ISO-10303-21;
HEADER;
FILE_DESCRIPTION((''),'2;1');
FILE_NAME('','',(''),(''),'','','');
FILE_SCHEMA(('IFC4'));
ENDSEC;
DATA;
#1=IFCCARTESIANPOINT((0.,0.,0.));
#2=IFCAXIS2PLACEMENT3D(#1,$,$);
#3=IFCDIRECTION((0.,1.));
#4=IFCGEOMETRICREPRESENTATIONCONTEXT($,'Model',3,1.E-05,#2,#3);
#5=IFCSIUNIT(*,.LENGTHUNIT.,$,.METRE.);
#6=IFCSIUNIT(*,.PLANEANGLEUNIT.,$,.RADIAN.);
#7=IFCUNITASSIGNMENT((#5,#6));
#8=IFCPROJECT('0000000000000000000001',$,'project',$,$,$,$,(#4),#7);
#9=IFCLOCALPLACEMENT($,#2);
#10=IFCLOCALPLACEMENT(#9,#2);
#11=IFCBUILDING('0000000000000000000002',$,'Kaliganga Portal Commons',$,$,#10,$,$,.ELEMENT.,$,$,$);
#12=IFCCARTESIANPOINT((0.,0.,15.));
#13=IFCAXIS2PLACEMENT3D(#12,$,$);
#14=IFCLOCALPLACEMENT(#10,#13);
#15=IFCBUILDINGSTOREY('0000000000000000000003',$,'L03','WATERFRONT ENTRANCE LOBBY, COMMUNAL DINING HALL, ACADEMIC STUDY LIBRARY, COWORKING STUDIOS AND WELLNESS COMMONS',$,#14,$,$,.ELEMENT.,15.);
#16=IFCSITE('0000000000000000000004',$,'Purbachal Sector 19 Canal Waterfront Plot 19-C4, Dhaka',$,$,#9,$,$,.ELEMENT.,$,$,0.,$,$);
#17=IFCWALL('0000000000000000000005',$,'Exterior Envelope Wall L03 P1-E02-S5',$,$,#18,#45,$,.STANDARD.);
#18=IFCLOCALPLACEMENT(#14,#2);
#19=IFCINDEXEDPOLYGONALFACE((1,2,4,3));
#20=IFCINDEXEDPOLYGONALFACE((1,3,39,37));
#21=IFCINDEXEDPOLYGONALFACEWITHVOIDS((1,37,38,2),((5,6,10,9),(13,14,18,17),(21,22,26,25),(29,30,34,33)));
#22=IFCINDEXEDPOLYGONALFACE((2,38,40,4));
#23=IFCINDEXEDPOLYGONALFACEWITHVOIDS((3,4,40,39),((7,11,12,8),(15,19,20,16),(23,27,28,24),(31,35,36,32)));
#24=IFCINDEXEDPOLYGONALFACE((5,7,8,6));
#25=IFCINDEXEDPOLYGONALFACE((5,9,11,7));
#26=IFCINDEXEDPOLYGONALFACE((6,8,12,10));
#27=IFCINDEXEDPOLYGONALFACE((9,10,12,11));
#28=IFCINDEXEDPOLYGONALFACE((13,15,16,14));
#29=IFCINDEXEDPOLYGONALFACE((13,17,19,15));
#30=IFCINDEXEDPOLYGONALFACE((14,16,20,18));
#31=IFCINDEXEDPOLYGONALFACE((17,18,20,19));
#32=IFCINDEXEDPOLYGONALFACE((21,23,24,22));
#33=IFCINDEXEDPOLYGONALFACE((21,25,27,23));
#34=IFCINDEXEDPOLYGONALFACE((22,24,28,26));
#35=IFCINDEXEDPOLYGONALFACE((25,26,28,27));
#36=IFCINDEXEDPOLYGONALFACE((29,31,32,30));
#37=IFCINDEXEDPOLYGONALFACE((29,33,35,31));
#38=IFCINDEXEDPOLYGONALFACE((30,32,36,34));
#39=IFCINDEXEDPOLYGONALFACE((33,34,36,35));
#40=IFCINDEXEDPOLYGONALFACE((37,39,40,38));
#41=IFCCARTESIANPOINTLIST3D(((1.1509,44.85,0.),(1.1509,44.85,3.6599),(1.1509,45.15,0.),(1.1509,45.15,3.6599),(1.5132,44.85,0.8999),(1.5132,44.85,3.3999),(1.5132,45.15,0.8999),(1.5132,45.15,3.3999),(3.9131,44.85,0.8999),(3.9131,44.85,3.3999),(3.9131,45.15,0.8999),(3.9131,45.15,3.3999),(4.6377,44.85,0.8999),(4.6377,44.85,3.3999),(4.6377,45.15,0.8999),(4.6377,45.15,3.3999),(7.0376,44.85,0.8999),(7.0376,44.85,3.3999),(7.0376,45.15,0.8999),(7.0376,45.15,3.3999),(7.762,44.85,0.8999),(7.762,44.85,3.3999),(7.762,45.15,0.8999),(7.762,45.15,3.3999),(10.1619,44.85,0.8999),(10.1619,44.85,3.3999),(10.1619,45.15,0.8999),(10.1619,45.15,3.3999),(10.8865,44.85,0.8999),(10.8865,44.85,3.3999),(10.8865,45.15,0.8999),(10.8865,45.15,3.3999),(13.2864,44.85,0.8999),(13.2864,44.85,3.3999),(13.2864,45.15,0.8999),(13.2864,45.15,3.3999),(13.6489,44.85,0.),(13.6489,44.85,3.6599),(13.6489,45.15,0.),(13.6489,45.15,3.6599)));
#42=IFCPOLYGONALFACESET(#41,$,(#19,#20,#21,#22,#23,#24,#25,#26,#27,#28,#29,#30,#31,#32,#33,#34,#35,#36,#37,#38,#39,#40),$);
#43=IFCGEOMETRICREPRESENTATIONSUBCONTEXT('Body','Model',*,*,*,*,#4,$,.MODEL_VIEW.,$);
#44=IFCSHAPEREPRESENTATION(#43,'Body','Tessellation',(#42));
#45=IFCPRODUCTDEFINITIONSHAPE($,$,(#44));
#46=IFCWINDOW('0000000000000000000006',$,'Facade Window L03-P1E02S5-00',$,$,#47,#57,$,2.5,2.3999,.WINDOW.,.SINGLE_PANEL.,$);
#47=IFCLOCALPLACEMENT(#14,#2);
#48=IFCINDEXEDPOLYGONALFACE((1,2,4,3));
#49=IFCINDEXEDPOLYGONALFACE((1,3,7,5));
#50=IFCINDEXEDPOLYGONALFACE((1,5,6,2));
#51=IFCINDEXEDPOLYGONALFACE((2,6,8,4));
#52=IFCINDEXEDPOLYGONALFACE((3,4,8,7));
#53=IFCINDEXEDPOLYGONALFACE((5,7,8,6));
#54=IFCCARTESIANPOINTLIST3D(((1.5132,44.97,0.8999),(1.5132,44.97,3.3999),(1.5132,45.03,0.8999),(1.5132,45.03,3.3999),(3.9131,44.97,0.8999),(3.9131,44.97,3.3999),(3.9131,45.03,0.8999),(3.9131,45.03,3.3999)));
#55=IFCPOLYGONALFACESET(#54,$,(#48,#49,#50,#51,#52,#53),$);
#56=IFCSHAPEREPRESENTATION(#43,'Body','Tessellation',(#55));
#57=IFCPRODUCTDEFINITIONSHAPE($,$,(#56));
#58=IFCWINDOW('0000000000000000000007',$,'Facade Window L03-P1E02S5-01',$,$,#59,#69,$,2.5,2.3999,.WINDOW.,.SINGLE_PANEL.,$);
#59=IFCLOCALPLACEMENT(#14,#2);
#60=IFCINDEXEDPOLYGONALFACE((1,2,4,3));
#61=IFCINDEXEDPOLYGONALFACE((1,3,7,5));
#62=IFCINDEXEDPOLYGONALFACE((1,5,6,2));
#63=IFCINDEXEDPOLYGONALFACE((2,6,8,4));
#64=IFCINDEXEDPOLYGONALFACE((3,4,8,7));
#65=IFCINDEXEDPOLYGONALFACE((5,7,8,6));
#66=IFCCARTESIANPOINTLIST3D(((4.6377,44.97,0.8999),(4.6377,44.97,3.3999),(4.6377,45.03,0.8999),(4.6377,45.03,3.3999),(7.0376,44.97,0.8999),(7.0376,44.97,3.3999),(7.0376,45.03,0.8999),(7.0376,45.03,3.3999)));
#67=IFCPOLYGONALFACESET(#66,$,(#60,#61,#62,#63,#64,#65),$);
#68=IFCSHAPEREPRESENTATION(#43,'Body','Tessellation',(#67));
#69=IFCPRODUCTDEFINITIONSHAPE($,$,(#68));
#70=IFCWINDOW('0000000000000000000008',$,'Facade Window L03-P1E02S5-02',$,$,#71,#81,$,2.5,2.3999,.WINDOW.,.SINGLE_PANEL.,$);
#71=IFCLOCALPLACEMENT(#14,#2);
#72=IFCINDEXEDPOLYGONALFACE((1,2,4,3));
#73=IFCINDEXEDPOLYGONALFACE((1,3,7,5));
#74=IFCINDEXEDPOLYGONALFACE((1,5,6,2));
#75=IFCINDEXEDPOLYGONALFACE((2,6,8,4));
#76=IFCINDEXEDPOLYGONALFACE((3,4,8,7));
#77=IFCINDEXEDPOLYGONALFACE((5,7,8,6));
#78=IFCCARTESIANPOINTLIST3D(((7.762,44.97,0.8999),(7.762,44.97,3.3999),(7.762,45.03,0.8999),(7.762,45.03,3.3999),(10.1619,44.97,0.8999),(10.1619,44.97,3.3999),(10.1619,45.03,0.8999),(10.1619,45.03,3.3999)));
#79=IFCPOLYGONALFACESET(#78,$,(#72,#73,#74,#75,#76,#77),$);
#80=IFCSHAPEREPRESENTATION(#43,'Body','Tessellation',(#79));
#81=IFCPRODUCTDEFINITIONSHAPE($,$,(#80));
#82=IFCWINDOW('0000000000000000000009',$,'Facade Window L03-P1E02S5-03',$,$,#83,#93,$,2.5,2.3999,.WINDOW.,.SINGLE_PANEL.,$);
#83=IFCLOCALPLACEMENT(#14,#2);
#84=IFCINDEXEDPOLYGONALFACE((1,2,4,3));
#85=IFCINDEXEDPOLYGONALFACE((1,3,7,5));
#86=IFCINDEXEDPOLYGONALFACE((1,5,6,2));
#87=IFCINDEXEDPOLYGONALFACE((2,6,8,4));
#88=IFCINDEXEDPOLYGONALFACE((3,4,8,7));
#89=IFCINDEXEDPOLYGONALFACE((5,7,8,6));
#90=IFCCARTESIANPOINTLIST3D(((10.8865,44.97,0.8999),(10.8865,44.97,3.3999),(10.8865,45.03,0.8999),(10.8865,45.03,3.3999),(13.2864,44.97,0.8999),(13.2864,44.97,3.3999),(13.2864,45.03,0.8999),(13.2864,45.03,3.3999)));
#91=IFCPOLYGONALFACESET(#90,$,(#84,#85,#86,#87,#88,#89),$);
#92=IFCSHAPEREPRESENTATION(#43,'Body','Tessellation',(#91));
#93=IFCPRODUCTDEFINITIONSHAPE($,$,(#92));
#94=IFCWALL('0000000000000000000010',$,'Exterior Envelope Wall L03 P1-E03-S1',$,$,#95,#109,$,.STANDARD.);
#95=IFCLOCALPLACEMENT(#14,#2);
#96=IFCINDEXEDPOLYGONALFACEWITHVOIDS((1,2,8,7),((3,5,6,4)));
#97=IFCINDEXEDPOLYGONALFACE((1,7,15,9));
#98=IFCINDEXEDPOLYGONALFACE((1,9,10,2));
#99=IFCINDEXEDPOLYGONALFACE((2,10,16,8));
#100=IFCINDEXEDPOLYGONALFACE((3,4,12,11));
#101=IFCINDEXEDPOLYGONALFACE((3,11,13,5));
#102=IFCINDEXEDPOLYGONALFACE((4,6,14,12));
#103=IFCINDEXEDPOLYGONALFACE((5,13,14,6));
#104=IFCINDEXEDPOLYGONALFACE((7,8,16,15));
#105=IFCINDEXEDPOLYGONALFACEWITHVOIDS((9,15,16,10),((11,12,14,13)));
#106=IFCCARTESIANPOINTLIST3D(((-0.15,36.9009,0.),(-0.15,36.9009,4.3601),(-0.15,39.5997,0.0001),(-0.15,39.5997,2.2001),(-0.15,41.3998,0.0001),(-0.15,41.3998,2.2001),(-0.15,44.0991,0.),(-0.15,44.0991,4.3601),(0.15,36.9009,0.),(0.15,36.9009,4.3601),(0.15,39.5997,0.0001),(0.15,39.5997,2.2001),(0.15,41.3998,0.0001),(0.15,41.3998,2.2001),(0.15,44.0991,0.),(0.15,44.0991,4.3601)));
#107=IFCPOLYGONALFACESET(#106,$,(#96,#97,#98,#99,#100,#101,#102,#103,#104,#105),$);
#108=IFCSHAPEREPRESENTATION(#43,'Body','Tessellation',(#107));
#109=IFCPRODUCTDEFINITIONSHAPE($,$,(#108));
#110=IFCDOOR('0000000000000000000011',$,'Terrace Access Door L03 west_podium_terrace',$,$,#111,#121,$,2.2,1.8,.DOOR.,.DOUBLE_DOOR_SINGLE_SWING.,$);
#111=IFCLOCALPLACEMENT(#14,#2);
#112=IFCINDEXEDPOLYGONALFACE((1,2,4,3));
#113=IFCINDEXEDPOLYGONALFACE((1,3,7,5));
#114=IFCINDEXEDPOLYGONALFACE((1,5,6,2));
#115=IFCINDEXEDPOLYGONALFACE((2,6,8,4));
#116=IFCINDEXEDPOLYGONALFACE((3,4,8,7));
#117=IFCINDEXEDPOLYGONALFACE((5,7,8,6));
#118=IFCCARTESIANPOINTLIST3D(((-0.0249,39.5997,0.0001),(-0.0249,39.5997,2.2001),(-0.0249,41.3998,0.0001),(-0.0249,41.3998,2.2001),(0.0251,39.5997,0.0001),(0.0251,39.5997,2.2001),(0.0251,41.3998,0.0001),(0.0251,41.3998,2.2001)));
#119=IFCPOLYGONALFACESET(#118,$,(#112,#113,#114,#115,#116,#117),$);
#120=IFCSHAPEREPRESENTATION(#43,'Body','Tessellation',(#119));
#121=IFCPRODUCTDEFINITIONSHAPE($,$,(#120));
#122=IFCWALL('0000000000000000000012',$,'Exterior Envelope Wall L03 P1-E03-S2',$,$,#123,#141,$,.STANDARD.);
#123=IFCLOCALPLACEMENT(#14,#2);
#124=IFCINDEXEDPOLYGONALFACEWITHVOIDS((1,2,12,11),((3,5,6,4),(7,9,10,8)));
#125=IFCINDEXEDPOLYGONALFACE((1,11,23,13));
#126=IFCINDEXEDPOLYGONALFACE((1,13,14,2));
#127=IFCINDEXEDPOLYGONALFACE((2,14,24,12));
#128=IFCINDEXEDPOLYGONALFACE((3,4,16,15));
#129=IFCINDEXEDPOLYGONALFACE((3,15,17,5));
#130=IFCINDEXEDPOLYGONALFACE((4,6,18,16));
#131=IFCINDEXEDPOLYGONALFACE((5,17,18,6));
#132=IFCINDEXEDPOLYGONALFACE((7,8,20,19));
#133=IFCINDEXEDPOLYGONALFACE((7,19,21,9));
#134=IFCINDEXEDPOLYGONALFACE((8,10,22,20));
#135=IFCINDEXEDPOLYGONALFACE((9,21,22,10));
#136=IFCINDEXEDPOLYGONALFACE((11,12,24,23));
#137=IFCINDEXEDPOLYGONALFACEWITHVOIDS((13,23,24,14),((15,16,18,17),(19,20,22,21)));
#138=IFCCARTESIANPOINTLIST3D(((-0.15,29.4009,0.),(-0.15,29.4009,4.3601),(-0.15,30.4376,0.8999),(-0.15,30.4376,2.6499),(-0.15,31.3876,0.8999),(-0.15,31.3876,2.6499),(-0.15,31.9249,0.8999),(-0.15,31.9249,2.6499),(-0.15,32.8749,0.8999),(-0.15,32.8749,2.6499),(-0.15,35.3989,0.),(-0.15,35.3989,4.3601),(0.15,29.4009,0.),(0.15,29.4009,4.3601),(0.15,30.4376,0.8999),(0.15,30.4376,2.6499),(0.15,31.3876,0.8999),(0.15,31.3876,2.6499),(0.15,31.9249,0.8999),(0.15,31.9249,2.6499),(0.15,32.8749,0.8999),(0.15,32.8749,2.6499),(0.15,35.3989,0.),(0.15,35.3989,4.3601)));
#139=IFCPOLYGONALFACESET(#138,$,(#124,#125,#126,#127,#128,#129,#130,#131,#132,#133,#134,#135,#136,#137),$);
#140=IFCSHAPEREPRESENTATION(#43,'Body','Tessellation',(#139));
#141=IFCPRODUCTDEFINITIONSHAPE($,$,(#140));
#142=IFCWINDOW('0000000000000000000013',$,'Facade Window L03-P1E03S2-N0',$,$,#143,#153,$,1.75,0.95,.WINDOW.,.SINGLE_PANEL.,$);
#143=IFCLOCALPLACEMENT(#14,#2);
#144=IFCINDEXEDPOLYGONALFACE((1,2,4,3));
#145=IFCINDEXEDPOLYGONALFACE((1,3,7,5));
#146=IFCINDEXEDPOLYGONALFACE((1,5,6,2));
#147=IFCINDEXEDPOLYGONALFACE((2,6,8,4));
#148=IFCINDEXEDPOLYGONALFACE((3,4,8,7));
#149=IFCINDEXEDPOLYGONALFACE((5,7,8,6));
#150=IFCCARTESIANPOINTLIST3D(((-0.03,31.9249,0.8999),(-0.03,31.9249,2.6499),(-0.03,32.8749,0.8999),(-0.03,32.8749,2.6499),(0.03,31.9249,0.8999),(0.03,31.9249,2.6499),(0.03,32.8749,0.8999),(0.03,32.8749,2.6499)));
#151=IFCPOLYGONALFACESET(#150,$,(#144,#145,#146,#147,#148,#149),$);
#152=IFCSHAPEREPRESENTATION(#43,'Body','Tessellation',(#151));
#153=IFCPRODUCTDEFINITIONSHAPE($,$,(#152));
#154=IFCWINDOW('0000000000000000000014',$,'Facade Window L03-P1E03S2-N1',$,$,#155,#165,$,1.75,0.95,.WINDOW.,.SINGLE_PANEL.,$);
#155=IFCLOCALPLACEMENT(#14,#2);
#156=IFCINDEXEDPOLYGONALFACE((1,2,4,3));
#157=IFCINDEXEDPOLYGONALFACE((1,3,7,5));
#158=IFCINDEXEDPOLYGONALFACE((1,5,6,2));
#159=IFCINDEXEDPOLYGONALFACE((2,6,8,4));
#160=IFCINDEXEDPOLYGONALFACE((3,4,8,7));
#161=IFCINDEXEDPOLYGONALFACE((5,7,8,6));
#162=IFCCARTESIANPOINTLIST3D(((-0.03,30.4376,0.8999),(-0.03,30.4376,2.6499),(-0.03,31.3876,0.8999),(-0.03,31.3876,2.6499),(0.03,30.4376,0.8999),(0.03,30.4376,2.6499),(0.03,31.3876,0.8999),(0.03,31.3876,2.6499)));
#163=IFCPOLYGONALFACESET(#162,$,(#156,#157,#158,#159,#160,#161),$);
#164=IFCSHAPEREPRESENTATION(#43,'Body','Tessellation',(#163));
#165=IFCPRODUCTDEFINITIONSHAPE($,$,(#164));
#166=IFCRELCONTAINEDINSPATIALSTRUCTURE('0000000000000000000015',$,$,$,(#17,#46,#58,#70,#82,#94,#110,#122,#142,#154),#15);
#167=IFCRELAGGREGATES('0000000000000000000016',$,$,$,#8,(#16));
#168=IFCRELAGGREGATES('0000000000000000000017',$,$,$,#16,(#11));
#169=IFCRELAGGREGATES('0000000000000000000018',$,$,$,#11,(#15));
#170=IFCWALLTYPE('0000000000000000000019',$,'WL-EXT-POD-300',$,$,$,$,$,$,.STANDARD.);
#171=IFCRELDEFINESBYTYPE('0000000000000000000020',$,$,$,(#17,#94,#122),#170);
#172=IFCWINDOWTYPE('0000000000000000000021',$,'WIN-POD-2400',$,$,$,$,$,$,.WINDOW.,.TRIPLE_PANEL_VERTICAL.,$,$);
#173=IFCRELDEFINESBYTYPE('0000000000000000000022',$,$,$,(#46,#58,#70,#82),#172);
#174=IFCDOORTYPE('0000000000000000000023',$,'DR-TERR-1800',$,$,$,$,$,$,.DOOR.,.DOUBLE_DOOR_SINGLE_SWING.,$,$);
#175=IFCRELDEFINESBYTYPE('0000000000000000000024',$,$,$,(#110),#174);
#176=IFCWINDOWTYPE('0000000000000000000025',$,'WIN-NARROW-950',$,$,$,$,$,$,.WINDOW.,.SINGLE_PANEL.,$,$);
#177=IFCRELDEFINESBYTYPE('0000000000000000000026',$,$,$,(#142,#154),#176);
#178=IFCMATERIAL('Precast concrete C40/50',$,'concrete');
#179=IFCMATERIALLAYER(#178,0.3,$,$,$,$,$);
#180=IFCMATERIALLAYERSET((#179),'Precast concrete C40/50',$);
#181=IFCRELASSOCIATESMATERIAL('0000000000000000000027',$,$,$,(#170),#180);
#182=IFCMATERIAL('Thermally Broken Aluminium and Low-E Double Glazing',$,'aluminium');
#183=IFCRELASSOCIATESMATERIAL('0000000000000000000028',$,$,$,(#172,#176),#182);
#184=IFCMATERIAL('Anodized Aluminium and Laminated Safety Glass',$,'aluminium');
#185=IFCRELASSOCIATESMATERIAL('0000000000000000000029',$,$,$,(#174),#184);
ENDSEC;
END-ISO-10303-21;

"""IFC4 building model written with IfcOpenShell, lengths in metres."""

from ifc_helpers import new_model, si_unit, direction, frame, frame_2d, origin, place, context, subcontext, project, spatial, rectangle, extrude, material, layer, layer_set, type_object, element, fill, save


model = new_model("IFC4")

# Units and contexts
model_context = context("Model", 3, precision=1e-05, world=origin(), true_north=direction((0.0, 1.0)))
body_context = subcontext(model_context, "Body", "Model", "MODEL_VIEW")
ifc_project = project(units=[si_unit("LENGTHUNIT", "METRE"), si_unit("PLANEANGLEUNIT", "RADIAN")], contexts=[model_context])

# Site, building, storey
site_placement = place(None, origin())
site = spatial("IfcSite", under=ifc_project, at=site_placement, Name="Purbachal Sector 19 Canal Waterfront Plot 19-C4, Dhaka", CompositionType="ELEMENT", RefElevation=0.0)
building_placement = place(site_placement, origin())
building = spatial("IfcBuilding", under=site, at=building_placement, Name="Kaliganga Portal Commons", CompositionType="ELEMENT")
storey_placement = place(building_placement, frame((0.0, 0.0, 15.0)))
storey = spatial("IfcBuildingStorey", under=building, at=storey_placement, Name="L03", Description="WATERFRONT ENTRANCE LOBBY, COMMUNAL DINING HALL, ACADEMIC STUDY LIBRARY, COWORKING STUDIOS AND WELLNESS COMMONS", CompositionType="ELEMENT", Elevation=15.0)

# Wall, openings, windows
ifc_material_1 = material(Name="Precast concrete C40/50", Category="concrete")
ifc_layer_1 = layer(ifc_material_1, 0.3)
ifc_layer_set_1 = layer_set([ifc_layer_1], Name="Precast concrete C40/50")
wall_type_1 = type_object("IfcWallType", Name="WL-EXT-POD-300", PredefinedType="STANDARD", material=ifc_layer_set_1)
wall_1_placement = place(storey_placement, frame((1.1509, 45.0, 0.0), z_axis=(0.0, 0.0, 1.0), x_axis=(1.0, 0.0, 0.0)))
wall_1 = element("IfcWall", 1, at=wall_1_placement, inside=storey, type_object=wall_type_1, Name="Exterior Envelope Wall L03 P1-E02-S5", PredefinedType="STANDARD", context=body_context, shape_type="SweptSolid", body=[
    extrude(rectangle(XDim=12.498, YDim=0.3, at=frame_2d((6.249, 0.0))), origin(), (0.0, 0.0, 1.0), 3.6599),
])
opening_1_placement = place(wall_1_placement, frame((0.3623, 0.0, 0.8999)))
opening_1 = element("IfcOpeningElement", 2, at=opening_1_placement, cuts=wall_1, PredefinedType="OPENING", context=body_context, shape_type="SweptSolid", body=[
    extrude(rectangle(XDim=2.3999, YDim=2.5, at=frame_2d((1.2, 1.25))), frame((0.0, 0.1602, 0.0), z_axis=(0.0, -1.0, 0.0), x_axis=(1.0, 0.0, 0.0)), (0.0, 0.0, 1.0), 0.3201),
])
opening_2_placement = place(wall_1_placement, frame((3.4868, 0.0, 0.8999)))
opening_2 = element("IfcOpeningElement", 3, at=opening_2_placement, cuts=wall_1, PredefinedType="OPENING", context=body_context, shape_type="SweptSolid", body=[
    extrude(rectangle(XDim=2.3999, YDim=2.5, at=frame_2d((1.2, 1.25))), frame((0.0, 0.1602, 0.0), z_axis=(0.0, -1.0, 0.0), x_axis=(1.0, 0.0, 0.0)), (0.0, 0.0, 1.0), 0.3201),
])
opening_3_placement = place(wall_1_placement, frame((6.6111, 0.0, 0.8999)))
opening_3 = element("IfcOpeningElement", 4, at=opening_3_placement, cuts=wall_1, PredefinedType="OPENING", context=body_context, shape_type="SweptSolid", body=[
    extrude(rectangle(XDim=2.3999, YDim=2.5, at=frame_2d((1.2, 1.25))), frame((0.0, 0.1602, 0.0), z_axis=(0.0, -1.0, 0.0), x_axis=(1.0, 0.0, 0.0)), (0.0, 0.0, 1.0), 0.3201),
])
opening_4_placement = place(wall_1_placement, frame((9.7356, 0.0, 0.8999)))
opening_4 = element("IfcOpeningElement", 5, at=opening_4_placement, cuts=wall_1, PredefinedType="OPENING", context=body_context, shape_type="SweptSolid", body=[
    extrude(rectangle(XDim=2.3999, YDim=2.5, at=frame_2d((1.2, 1.25))), frame((0.0, 0.1602, 0.0), z_axis=(0.0, -1.0, 0.0), x_axis=(1.0, 0.0, 0.0)), (0.0, 0.0, 1.0), 0.3201),
])
ifc_material_2 = material(Name="Thermally Broken Aluminium and Low-E Double Glazing", Category="aluminium")
window_type_1 = type_object("IfcWindowType", Name="WIN-POD-2400", PartitioningType="TRIPLE_PANEL_VERTICAL", PredefinedType="WINDOW", material=ifc_material_2)
window_1_placement = place(opening_1_placement, origin())
window_1 = element("IfcWindow", 6, at=window_1_placement, inside=storey, type_object=window_type_1, Name="Facade Window L03-P1E02S5-00", OverallHeight=2.5, OverallWidth=2.3999, PartitioningType="SINGLE_PANEL", PredefinedType="WINDOW", context=body_context, shape_type="SweptSolid", body=[
    extrude(rectangle(XDim=2.3999, YDim=2.5, at=frame_2d((1.2, 1.25))), frame((0.0, 0.03, 0.0), z_axis=(0.0, -1.0, 0.0), x_axis=(1.0, 0.0, 0.0)), (0.0, 0.0, 1.0), 0.0601),
])
fill(opening_1, window_1)
window_2_placement = place(opening_2_placement, origin())
window_2 = element("IfcWindow", 7, at=window_2_placement, inside=storey, type_object=window_type_1, Name="Facade Window L03-P1E02S5-01", OverallHeight=2.5, OverallWidth=2.3999, PartitioningType="SINGLE_PANEL", PredefinedType="WINDOW", context=body_context, shape_type="SweptSolid", body=[
    extrude(rectangle(XDim=2.3999, YDim=2.5, at=frame_2d((1.2, 1.25))), frame((0.0, 0.03, 0.0), z_axis=(0.0, -1.0, 0.0), x_axis=(1.0, 0.0, 0.0)), (0.0, 0.0, 1.0), 0.0601),
])
fill(opening_2, window_2)
window_3_placement = place(opening_3_placement, origin())
window_3 = element("IfcWindow", 8, at=window_3_placement, inside=storey, type_object=window_type_1, Name="Facade Window L03-P1E02S5-02", OverallHeight=2.5, OverallWidth=2.3999, PartitioningType="SINGLE_PANEL", PredefinedType="WINDOW", context=body_context, shape_type="SweptSolid", body=[
    extrude(rectangle(XDim=2.3999, YDim=2.5, at=frame_2d((1.2, 1.25))), frame((0.0, 0.03, 0.0), z_axis=(0.0, -1.0, 0.0), x_axis=(1.0, 0.0, 0.0)), (0.0, 0.0, 1.0), 0.0601),
])
fill(opening_3, window_3)
window_4_placement = place(opening_4_placement, origin())
window_4 = element("IfcWindow", 9, at=window_4_placement, inside=storey, type_object=window_type_1, Name="Facade Window L03-P1E02S5-03", OverallHeight=2.5, OverallWidth=2.3999, PartitioningType="SINGLE_PANEL", PredefinedType="WINDOW", context=body_context, shape_type="SweptSolid", body=[
    extrude(rectangle(XDim=2.3999, YDim=2.5, at=frame_2d((1.2, 1.25))), frame((0.0, 0.03, 0.0), z_axis=(0.0, -1.0, 0.0), x_axis=(1.0, 0.0, 0.0)), (0.0, 0.0, 1.0), 0.0601),
])
fill(opening_4, window_4)

# Wall, opening, door
wall_2_placement = place(storey_placement, frame((0.0, 36.9009, 0.0), z_axis=(0.0, 0.0, 1.0), x_axis=(0.0, 1.0, 0.0)))
wall_2 = element("IfcWall", 10, at=wall_2_placement, inside=storey, type_object=wall_type_1, Name="Exterior Envelope Wall L03 P1-E03-S1", PredefinedType="STANDARD", context=body_context, shape_type="SweptSolid", body=[
    extrude(rectangle(XDim=7.1982, YDim=0.3, at=frame_2d((3.5991, 0.0))), origin(), (0.0, 0.0, 1.0), 4.3601),
])
opening_5_placement = place(wall_2_placement, frame((2.699, 0.0, 0.0)))
opening_5 = element("IfcOpeningElement", 11, at=opening_5_placement, cuts=wall_2, PredefinedType="OPENING", context=body_context, shape_type="SweptSolid", body=[
    extrude(rectangle(XDim=1.8, YDim=2.2, at=frame_2d((0.8999, 1.1001))), frame((0.0, 0.1602, 0.0), z_axis=(0.0, -1.0, 0.0), x_axis=(1.0, 0.0, 0.0)), (0.0, 0.0, 1.0), 0.3201),
])
ifc_material_3 = material(Name="Anodized Aluminium and Laminated Safety Glass", Category="aluminium")
door_type_1 = type_object("IfcDoorType", Name="DR-TERR-1800", OperationType="DOUBLE_DOOR_SINGLE_SWING", PredefinedType="DOOR", material=ifc_material_3)
door_1_placement = place(opening_5_placement, origin())
door_1 = element("IfcDoor", 12, at=door_1_placement, inside=storey, type_object=door_type_1, Name="Terrace Access Door L03 west_podium_terrace", OperationType="DOUBLE_DOOR_SINGLE_SWING", OverallHeight=2.2, OverallWidth=1.8, PredefinedType="DOOR", context=body_context, shape_type="SweptSolid", body=[
    extrude(rectangle(XDim=1.8, YDim=2.2, at=frame_2d((0.8999, 1.1001))), frame((0.0, 0.0249, 0.0), z_axis=(0.0, -1.0, 0.0), x_axis=(1.0, 0.0, 0.0)), (0.0, 0.0, 1.0), 0.05),
])
fill(opening_5, door_1)

# Wall, openings, windows
wall_3_placement = place(storey_placement, frame((0.0, 29.4009, 0.0), z_axis=(0.0, 0.0, 1.0), x_axis=(0.0, 1.0, 0.0)))
wall_3 = element("IfcWall", 13, at=wall_3_placement, inside=storey, type_object=wall_type_1, Name="Exterior Envelope Wall L03 P1-E03-S2", PredefinedType="STANDARD", context=body_context, shape_type="SweptSolid", body=[
    extrude(rectangle(XDim=5.998, YDim=0.3, at=frame_2d((2.999, 0.0))), origin(), (0.0, 0.0, 1.0), 4.3601),
])
opening_6_placement = place(wall_3_placement, frame((2.5239, 0.0, 0.8999)))
opening_6 = element("IfcOpeningElement", 14, at=opening_6_placement, cuts=wall_3, PredefinedType="OPENING", context=body_context, shape_type="SweptSolid", body=[
    extrude(rectangle(XDim=0.95, YDim=1.75, at=frame_2d((0.4751, 0.875))), frame((0.0, 0.1602, 0.0), z_axis=(0.0, -1.0, 0.0), x_axis=(1.0, 0.0, 0.0)), (0.0, 0.0, 1.0), 0.3201),
])
opening_7_placement = place(wall_3_placement, frame((1.0366, 0.0, 0.8999)))
opening_7 = element("IfcOpeningElement", 15, at=opening_7_placement, cuts=wall_3, PredefinedType="OPENING", context=body_context, shape_type="SweptSolid", body=[
    extrude(rectangle(XDim=0.95, YDim=1.75, at=frame_2d((0.4751, 0.875))), frame((0.0, 0.1602, 0.0), z_axis=(0.0, -1.0, 0.0), x_axis=(1.0, 0.0, 0.0)), (0.0, 0.0, 1.0), 0.3201),
])
window_type_2 = type_object("IfcWindowType", Name="WIN-NARROW-950", PartitioningType="SINGLE_PANEL", PredefinedType="WINDOW", material=ifc_material_2)
window_5_placement = place(opening_6_placement, origin())
window_5 = element("IfcWindow", 16, at=window_5_placement, inside=storey, type_object=window_type_2, Name="Facade Window L03-P1E03S2-N0", OverallHeight=1.75, OverallWidth=0.95, PartitioningType="SINGLE_PANEL", PredefinedType="WINDOW", context=body_context, shape_type="SweptSolid", body=[
    extrude(rectangle(XDim=0.95, YDim=1.75, at=frame_2d((0.4751, 0.875))), frame((0.0, 0.03, 0.0), z_axis=(0.0, -1.0, 0.0), x_axis=(1.0, 0.0, 0.0)), (0.0, 0.0, 1.0), 0.0601),
])
fill(opening_6, window_5)
window_6_placement = place(opening_7_placement, origin())
window_6 = element("IfcWindow", 17, at=window_6_placement, inside=storey, type_object=window_type_2, Name="Facade Window L03-P1E03S2-N1", OverallHeight=1.75, OverallWidth=0.95, PartitioningType="SINGLE_PANEL", PredefinedType="WINDOW", context=body_context, shape_type="SweptSolid", body=[
    extrude(rectangle(XDim=0.95, YDim=1.75, at=frame_2d((0.4751, 0.875))), frame((0.0, 0.03, 0.0), z_axis=(0.0, -1.0, 0.0), x_axis=(1.0, 0.0, 0.0)), (0.0, 0.0, 1.0), 0.0601),
])
fill(opening_7, window_6)

save(model, "model.ifc")
